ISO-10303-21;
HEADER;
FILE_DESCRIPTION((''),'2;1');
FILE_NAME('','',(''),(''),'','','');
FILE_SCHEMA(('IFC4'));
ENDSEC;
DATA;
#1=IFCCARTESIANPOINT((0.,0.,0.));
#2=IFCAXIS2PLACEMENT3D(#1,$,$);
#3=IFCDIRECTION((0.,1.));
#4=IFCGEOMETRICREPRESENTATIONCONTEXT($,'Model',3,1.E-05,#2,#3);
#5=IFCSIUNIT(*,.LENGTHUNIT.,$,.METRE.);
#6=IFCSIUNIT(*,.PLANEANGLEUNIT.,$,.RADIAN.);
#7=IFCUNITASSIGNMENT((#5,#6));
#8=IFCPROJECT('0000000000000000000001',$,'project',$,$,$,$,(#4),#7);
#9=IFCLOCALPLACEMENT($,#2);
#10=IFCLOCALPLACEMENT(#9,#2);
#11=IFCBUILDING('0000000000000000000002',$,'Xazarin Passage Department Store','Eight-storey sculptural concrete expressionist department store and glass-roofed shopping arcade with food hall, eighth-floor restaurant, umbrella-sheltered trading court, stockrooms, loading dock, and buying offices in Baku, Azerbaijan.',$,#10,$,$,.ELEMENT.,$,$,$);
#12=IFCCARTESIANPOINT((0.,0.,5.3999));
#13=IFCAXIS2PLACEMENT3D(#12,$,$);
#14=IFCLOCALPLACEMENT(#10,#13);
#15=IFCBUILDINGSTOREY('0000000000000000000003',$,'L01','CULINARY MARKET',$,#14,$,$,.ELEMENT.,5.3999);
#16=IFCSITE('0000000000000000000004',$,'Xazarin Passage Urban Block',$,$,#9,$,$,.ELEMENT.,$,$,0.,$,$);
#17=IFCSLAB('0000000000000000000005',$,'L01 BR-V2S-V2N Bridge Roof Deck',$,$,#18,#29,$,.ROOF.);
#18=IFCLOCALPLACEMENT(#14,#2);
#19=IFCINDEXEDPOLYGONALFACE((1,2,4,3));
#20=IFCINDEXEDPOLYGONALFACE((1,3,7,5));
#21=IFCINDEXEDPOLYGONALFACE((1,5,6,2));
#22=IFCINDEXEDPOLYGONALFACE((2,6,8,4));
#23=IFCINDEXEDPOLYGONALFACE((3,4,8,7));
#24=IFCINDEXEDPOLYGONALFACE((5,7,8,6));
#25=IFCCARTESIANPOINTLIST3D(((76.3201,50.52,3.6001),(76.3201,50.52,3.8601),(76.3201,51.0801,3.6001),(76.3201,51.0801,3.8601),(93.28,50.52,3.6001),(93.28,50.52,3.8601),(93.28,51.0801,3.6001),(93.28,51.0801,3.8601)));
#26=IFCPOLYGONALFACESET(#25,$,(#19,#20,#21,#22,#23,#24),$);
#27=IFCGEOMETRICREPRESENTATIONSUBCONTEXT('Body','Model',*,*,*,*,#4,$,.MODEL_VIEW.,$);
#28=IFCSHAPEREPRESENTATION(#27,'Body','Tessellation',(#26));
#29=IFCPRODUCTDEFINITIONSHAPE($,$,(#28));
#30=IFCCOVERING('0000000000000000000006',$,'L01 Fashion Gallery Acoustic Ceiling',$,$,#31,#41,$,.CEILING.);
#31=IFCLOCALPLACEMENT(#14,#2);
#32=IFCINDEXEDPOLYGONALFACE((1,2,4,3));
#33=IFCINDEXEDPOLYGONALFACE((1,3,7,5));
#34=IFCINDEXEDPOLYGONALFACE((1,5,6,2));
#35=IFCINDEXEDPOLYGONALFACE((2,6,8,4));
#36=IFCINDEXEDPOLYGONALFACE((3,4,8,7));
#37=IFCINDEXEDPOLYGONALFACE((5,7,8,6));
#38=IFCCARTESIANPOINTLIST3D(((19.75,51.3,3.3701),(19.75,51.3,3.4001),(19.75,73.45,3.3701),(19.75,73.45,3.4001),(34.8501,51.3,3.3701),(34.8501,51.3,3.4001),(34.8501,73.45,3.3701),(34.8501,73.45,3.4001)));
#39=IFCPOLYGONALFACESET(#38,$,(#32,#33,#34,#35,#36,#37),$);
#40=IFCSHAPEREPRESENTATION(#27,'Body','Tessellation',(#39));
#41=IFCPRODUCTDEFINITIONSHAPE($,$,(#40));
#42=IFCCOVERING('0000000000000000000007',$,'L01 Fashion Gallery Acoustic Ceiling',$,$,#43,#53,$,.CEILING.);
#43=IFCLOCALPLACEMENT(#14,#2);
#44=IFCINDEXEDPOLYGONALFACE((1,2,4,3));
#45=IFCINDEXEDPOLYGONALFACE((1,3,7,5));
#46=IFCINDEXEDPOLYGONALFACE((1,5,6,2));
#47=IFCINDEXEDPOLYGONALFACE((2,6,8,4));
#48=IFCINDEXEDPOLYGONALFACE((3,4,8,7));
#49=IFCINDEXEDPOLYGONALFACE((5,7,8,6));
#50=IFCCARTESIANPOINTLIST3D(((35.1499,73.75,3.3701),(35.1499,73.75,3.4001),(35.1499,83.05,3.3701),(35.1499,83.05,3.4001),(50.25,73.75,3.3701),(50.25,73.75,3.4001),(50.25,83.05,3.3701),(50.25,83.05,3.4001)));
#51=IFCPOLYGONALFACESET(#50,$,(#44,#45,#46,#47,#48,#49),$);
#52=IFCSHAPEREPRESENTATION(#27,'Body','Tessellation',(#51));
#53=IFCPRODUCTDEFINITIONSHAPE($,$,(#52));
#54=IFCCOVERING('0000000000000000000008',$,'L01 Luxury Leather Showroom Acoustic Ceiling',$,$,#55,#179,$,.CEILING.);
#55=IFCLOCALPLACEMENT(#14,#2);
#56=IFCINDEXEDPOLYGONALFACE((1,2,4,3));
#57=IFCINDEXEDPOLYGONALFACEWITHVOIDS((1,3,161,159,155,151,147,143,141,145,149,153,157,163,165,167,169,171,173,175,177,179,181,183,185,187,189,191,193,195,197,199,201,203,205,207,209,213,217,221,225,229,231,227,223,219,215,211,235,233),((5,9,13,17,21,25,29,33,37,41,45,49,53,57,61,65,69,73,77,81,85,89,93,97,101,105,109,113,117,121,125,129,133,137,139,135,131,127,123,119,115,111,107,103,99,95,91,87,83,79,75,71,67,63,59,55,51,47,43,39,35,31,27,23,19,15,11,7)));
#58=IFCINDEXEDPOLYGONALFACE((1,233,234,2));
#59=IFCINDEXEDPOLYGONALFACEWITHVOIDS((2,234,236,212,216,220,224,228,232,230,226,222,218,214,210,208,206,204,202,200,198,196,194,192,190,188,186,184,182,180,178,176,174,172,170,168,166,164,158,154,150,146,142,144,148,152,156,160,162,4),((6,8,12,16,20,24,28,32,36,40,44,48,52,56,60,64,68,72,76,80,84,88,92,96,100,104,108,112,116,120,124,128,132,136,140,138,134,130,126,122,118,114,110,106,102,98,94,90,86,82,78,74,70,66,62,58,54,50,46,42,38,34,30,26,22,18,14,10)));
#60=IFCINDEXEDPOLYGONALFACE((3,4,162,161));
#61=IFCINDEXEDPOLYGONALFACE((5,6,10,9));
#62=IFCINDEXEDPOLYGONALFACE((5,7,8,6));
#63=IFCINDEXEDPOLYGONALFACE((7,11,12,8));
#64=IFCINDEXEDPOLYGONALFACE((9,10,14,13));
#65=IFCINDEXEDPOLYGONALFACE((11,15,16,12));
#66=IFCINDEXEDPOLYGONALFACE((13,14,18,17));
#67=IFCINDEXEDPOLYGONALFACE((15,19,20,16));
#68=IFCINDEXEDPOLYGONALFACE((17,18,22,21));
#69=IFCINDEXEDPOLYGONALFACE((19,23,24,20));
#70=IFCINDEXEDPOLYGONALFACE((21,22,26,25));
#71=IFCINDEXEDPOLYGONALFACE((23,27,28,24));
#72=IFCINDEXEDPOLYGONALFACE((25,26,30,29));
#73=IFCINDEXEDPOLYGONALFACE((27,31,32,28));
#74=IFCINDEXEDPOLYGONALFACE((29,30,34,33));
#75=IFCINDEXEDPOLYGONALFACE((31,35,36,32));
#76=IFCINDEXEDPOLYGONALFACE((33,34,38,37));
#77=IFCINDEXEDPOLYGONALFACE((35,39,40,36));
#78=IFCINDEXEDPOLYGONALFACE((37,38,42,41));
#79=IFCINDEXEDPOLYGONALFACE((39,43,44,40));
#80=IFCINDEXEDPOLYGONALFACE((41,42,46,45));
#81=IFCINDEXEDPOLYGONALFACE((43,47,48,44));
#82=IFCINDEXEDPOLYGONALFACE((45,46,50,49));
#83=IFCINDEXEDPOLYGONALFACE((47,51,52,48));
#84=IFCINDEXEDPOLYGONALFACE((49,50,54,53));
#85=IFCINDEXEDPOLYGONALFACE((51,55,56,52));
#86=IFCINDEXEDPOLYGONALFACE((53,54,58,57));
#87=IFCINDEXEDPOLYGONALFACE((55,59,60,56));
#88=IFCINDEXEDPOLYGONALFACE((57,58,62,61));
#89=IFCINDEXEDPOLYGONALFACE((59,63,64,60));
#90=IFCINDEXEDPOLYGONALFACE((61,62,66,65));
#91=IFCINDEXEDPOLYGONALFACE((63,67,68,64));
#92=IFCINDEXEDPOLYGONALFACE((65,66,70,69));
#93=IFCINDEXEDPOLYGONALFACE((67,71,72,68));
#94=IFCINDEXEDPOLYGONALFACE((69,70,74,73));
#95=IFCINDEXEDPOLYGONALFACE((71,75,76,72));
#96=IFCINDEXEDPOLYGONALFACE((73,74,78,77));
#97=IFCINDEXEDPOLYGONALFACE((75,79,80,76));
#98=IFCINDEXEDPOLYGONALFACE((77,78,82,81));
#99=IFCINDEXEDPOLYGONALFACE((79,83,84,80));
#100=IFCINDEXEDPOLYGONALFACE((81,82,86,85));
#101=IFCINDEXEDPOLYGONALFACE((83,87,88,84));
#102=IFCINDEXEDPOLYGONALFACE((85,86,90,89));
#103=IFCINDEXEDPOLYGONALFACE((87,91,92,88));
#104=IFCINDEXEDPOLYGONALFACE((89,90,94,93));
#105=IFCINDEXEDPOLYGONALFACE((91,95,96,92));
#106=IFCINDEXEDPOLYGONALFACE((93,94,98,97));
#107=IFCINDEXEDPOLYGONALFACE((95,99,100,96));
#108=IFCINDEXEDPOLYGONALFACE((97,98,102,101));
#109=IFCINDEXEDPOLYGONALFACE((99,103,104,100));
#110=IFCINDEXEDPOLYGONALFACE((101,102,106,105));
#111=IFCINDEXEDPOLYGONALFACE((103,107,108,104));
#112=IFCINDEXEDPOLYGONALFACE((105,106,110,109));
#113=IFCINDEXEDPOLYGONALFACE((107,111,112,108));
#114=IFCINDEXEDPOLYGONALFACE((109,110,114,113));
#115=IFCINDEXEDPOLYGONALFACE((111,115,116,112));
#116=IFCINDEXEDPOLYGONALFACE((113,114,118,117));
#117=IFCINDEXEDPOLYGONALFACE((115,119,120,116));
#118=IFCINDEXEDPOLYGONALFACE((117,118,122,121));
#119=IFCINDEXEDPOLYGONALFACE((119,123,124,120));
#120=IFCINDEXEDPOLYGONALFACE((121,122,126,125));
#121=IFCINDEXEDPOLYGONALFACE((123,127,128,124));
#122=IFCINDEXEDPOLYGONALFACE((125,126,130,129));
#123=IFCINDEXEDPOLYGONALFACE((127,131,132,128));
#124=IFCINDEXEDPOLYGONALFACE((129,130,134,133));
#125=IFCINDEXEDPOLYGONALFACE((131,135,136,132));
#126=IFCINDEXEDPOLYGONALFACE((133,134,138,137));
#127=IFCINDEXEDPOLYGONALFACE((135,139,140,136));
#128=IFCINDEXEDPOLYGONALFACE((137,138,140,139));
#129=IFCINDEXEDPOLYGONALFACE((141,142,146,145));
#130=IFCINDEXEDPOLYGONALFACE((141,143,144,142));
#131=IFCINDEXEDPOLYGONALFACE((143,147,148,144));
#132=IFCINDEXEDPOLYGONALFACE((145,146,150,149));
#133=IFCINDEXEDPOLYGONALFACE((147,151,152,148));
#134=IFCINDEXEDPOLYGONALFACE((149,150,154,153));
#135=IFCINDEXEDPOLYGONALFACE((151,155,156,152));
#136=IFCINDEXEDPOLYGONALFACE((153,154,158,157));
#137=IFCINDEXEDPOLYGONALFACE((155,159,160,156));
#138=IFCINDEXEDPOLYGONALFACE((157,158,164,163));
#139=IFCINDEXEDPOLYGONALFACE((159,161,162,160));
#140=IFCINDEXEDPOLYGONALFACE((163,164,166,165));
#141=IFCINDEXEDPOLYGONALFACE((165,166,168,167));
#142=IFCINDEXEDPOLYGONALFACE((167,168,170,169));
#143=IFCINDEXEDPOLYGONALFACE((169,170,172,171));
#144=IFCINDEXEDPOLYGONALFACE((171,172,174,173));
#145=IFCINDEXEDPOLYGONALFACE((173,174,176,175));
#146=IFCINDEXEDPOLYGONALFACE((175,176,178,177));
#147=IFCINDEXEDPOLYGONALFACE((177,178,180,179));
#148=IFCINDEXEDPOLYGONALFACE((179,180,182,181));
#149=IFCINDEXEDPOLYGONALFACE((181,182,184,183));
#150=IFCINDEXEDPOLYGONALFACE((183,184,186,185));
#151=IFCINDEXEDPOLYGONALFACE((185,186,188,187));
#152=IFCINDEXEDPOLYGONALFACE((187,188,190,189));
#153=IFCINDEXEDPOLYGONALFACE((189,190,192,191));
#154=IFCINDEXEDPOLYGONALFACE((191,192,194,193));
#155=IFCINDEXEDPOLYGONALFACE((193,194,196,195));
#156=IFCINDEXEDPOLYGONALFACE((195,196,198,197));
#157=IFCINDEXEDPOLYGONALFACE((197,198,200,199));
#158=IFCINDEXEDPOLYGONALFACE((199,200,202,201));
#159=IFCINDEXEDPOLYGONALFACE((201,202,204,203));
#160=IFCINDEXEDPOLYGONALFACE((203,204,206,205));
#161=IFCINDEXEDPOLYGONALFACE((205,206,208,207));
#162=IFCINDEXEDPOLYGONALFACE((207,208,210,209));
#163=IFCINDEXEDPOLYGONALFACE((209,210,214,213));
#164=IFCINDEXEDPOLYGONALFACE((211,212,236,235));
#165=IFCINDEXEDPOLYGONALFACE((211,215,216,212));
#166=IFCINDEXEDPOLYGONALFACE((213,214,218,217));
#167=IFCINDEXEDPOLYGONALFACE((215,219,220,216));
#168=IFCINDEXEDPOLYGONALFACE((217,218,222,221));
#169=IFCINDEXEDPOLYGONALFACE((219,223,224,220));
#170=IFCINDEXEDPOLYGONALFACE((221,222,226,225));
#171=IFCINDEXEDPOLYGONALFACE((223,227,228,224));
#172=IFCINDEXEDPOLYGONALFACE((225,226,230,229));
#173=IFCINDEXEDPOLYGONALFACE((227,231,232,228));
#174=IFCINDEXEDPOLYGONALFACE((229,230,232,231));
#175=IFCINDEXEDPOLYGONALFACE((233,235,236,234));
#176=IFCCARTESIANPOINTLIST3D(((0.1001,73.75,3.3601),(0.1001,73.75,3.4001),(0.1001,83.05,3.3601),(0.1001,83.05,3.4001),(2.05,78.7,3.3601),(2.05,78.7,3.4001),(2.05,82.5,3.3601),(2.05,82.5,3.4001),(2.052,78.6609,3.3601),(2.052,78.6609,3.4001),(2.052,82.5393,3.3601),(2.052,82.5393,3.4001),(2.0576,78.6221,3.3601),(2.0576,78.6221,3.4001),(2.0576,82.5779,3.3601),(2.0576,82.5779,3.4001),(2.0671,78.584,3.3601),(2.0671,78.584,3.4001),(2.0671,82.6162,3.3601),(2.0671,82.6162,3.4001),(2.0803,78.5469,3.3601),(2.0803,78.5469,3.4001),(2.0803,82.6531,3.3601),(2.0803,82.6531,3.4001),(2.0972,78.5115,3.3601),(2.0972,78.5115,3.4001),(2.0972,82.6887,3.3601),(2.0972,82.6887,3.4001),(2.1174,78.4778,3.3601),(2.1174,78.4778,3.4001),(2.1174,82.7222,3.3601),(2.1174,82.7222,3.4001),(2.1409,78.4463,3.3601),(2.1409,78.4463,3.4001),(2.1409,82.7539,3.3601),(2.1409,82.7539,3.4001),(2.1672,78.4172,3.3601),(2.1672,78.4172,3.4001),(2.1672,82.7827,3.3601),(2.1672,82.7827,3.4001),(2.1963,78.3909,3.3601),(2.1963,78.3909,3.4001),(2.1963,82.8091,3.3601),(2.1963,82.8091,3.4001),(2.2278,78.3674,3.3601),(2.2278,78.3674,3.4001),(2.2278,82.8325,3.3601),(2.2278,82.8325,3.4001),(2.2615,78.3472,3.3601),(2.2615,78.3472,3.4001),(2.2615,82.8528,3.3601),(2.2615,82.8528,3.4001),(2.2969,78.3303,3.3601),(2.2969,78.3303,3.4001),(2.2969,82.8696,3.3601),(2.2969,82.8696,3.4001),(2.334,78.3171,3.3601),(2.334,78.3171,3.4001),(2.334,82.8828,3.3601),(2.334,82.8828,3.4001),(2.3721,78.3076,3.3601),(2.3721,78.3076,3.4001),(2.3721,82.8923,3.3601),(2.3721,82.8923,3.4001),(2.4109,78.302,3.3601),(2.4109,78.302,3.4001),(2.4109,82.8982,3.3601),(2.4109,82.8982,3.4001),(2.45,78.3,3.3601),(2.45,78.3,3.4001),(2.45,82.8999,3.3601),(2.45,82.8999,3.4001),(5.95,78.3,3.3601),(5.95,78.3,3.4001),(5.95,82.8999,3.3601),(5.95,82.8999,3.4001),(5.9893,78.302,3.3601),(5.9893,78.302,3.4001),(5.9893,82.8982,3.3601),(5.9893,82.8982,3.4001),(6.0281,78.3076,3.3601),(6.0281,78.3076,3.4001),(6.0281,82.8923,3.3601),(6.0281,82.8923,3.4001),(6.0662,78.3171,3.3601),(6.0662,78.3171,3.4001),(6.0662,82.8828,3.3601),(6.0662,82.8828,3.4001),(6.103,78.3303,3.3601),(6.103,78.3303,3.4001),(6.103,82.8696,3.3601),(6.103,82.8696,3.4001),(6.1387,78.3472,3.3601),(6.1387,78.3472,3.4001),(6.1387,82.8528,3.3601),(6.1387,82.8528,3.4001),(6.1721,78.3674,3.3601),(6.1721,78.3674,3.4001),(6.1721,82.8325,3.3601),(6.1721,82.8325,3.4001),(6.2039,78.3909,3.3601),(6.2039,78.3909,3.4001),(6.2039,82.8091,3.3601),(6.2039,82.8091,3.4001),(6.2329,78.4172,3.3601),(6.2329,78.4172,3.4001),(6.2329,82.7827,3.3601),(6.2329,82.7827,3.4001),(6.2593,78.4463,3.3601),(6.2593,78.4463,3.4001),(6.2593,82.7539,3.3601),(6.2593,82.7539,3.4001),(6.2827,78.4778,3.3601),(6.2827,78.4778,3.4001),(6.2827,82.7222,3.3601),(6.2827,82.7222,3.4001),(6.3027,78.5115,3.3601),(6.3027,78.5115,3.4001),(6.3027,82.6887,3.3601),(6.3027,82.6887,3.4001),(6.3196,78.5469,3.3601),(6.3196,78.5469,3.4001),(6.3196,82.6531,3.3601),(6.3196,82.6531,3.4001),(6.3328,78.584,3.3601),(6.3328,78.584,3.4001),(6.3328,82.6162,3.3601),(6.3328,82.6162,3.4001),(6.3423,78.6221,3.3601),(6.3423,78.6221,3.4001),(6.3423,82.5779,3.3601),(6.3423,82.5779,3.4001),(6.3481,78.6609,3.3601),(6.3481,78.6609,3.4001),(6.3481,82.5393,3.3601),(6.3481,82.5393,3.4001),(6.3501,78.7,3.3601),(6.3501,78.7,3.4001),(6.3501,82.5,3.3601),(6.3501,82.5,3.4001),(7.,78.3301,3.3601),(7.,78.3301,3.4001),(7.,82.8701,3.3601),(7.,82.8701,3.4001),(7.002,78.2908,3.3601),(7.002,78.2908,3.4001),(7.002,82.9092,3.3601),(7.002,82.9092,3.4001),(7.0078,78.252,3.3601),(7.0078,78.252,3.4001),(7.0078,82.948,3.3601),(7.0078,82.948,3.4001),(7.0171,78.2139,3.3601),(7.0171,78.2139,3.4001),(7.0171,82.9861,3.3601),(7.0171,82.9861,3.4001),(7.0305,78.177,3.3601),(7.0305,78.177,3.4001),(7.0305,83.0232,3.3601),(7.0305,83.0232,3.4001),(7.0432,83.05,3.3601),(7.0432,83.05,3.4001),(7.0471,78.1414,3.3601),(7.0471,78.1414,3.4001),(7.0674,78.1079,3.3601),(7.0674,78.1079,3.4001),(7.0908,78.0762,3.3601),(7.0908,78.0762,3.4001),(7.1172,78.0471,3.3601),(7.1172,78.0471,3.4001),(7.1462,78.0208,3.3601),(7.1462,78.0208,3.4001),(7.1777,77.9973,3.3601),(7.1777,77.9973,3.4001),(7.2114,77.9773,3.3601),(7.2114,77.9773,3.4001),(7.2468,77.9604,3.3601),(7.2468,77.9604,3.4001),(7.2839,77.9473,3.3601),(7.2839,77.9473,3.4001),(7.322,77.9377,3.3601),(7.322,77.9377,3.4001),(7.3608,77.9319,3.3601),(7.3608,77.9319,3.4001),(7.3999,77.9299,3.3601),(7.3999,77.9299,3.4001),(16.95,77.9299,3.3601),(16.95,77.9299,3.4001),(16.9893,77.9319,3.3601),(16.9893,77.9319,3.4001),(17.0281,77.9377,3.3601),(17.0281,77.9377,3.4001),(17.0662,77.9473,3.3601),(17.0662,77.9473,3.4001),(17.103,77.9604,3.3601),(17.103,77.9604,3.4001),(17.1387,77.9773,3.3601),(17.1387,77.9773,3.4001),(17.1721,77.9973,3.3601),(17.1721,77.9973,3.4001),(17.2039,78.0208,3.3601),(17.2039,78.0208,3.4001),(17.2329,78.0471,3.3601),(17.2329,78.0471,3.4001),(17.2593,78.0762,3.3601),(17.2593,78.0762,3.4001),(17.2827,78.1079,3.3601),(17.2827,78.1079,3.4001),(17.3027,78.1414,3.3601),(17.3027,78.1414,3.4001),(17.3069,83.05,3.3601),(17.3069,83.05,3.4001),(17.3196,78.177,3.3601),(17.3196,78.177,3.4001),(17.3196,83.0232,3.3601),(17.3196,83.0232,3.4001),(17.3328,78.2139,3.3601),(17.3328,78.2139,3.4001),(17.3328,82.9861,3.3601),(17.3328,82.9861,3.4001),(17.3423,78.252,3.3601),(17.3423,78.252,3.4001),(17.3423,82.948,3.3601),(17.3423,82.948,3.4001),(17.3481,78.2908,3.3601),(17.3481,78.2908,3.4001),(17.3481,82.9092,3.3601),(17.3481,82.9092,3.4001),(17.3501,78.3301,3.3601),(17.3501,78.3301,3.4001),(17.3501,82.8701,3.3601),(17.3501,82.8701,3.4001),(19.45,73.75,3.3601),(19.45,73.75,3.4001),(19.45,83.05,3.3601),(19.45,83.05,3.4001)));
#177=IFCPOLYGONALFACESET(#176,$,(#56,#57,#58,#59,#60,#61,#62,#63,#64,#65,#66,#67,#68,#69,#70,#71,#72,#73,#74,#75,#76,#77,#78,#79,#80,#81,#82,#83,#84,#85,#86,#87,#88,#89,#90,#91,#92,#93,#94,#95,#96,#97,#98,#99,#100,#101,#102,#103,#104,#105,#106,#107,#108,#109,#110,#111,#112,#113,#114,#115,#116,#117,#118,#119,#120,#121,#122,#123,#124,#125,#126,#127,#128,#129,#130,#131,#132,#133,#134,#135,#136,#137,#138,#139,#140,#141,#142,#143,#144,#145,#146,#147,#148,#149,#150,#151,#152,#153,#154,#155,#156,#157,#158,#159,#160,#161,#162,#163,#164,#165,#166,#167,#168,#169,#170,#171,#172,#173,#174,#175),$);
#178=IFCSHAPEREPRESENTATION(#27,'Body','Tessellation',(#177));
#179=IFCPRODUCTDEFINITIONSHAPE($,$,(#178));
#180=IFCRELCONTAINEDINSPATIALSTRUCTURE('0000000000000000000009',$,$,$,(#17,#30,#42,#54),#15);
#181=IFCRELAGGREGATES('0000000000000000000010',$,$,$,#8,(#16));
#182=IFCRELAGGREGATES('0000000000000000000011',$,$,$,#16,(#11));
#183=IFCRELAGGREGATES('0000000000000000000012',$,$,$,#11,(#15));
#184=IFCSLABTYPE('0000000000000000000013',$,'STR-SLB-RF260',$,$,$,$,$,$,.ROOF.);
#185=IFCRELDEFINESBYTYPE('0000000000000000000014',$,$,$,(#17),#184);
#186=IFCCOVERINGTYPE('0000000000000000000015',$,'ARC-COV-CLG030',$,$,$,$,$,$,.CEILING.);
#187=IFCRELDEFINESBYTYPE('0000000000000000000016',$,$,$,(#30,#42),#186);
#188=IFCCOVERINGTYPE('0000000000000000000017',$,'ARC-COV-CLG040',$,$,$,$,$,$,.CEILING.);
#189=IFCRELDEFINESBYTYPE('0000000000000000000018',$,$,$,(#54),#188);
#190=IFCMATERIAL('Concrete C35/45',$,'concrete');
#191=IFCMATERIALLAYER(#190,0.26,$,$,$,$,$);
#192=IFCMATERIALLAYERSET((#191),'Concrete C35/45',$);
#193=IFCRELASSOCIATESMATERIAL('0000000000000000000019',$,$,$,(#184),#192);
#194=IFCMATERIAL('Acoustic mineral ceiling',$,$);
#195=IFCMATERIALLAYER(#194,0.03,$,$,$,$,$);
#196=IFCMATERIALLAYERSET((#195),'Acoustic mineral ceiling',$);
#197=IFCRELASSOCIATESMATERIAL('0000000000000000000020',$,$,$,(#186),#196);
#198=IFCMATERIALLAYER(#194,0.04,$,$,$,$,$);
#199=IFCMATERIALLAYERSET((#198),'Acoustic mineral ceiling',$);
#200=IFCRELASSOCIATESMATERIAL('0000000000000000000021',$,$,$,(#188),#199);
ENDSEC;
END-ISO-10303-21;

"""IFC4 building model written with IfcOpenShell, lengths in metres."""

from ifc_helpers import new_model, si_unit, direction, frame, origin, place, context, subcontext, project, spatial, polyline, outline, extrude, material, layer, layer_set, type_object, element, save


model = new_model("IFC4")

# Units and contexts
model_context = context("Model", 3, precision=1e-05, world=origin(), true_north=direction((0.0, 1.0)))
body_context = subcontext(model_context, "Body", "Model", "MODEL_VIEW")
ifc_project = project(units=[si_unit("LENGTHUNIT", "METRE"), si_unit("PLANEANGLEUNIT", "RADIAN")], contexts=[model_context])

# Site, building, storey
site_placement = place(None, origin())
site = spatial("IfcSite", under=ifc_project, at=site_placement, Name="Xazarin Passage Urban Block", CompositionType="ELEMENT", RefElevation=0.0)
building_placement = place(site_placement, origin())
building = spatial("IfcBuilding", under=site, at=building_placement, Name="Xazarin Passage Department Store", Description="Eight-storey sculptural concrete expressionist department store and glass-roofed shopping arcade with food hall, eighth-floor restaurant, umbrella-sheltered trading court, stockrooms, loading dock, and buying offices in Baku, Azerbaijan.", CompositionType="ELEMENT")
storey_placement = place(building_placement, frame((0.0, 0.0, 5.3999)))
storey = spatial("IfcBuildingStorey", under=building, at=storey_placement, Name="L01", Description="CULINARY MARKET", CompositionType="ELEMENT", Elevation=5.3999)

# Shared definitions
ifc_material_1 = material(Name="Concrete C35/45", Category="concrete")

# Slab
ifc_layer_1 = layer(ifc_material_1, 0.26)
ifc_layer_set_1 = layer_set([ifc_layer_1], Name="Concrete C35/45")
slab_type_1 = type_object("IfcSlabType", Name="STR-SLB-RF260", PredefinedType="ROOF", material=ifc_layer_set_1)
slab_1_placement = place(storey_placement, frame((0.0, 0.0, 3.6001)))
element("IfcSlab", 1, at=slab_1_placement, inside=storey, type_object=slab_type_1, Name="L01 BR-V2S-V2N Bridge Roof Deck", PredefinedType="ROOF", context=body_context, shape_type="SweptSolid", body=[
    extrude(outline(polyline([(76.3201, 50.52), (93.28, 50.52), (93.28, 51.0801), (76.3201, 51.0801), (76.3201, 50.52)])), origin(), (0.0, 0.0, 1.0), 0.26),
])

# Coverings
ifc_material_2 = material(Name="Acoustic mineral ceiling")
ifc_layer_2 = layer(ifc_material_2, 0.03)
ifc_layer_set_2 = layer_set([ifc_layer_2], Name="Acoustic mineral ceiling")
covering_type_1 = type_object("IfcCoveringType", Name="ARC-COV-CLG030", PredefinedType="CEILING", material=ifc_layer_set_2)
covering_1_placement = place(storey_placement, frame((0.0, 0.0, 3.3701)))
element("IfcCovering", 2, at=covering_1_placement, inside=storey, type_object=covering_type_1, Name="L01 Fashion Gallery Acoustic Ceiling", PredefinedType="CEILING", context=body_context, shape_type="SweptSolid", body=[
    extrude(outline(polyline([(19.75, 51.3), (34.8501, 51.3), (34.8501, 73.45), (19.75, 73.45), (19.75, 51.3)])), origin(), (0.0, 0.0, 1.0), 0.03),
])
covering_2_placement = place(storey_placement, frame((0.0, 0.0, 3.3701)))
element("IfcCovering", 3, at=covering_2_placement, inside=storey, type_object=covering_type_1, Name="L01 Fashion Gallery Acoustic Ceiling", PredefinedType="CEILING", context=body_context, shape_type="SweptSolid", body=[
    extrude(outline(polyline([(35.1499, 73.75), (50.25, 73.75), (50.25, 83.05), (35.1499, 83.05), (35.1499, 73.75)])), origin(), (0.0, 0.0, 1.0), 0.03),
])
ifc_layer_3 = layer(ifc_material_2, 0.04)
ifc_layer_set_3 = layer_set([ifc_layer_3], Name="Acoustic mineral ceiling")
covering_type_2 = type_object("IfcCoveringType", Name="ARC-COV-CLG040", PredefinedType="CEILING", material=ifc_layer_set_3)
covering_3_placement = place(storey_placement, frame((0.0, 0.0, 3.3601)))
element("IfcCovering", 4, at=covering_3_placement, inside=storey, type_object=covering_type_2, Name="L01 Luxury Leather Showroom Acoustic Ceiling", PredefinedType="CEILING", context=body_context, shape_type="SweptSolid", body=[
    extrude(outline(polyline([(17.3069, 83.05), (17.3196, 83.0232), (17.3328, 82.9861), (17.3423, 82.948), (17.3481, 82.9092), (17.3501, 82.8701), (17.3501, 78.3301), (17.3481, 78.2908), (17.3423, 78.252), (17.3328, 78.2139), (17.3196, 78.177), (17.3027, 78.1414), (17.2827, 78.1079), (17.2593, 78.0762), (17.2329, 78.0471), (17.2039, 78.0208), (17.1721, 77.9973), (17.1387, 77.9773), (17.103, 77.9604), (17.0662, 77.9473), (17.0281, 77.9377), (16.9893, 77.9319), (16.95, 77.9299), (7.3999, 77.9299), (7.3608, 77.9319), (7.322, 77.9377), (7.2839, 77.9473), (7.2468, 77.9604), (7.2114, 77.9773), (7.1777, 77.9973), (7.1462, 78.0208), (7.1172, 78.0471), (7.0908, 78.0762), (7.0674, 78.1079), (7.0471, 78.1414), (7.0305, 78.177), (7.0171, 78.2139), (7.0078, 78.252), (7.002, 78.2908), (7.0, 78.3301), (7.0, 82.8701), (7.002, 82.9092), (7.0078, 82.948), (7.0171, 82.9861), (7.0305, 83.0232), (7.0432, 83.05), (0.1001, 83.05), (0.1001, 73.75), (19.45, 73.75), (19.45, 83.05), (17.3069, 83.05)]), holes=[polyline([(2.45, 78.3), (2.4109, 78.302), (2.3721, 78.3076), (2.334, 78.3171), (2.2969, 78.3303), (2.2615, 78.3472), (2.2278, 78.3674), (2.1963, 78.3909), (2.1672, 78.4172), (2.1409, 78.4463), (2.1174, 78.4778), (2.0972, 78.5115), (2.0803, 78.5469), (2.0671, 78.584), (2.0576, 78.6221), (2.052, 78.6609), (2.05, 78.7), (2.05, 82.5), (2.052, 82.5393), (2.0576, 82.5779), (2.0671, 82.6162), (2.0803, 82.6531), (2.0972, 82.6887), (2.1174, 82.7222), (2.1409, 82.7539), (2.1672, 82.7827), (2.1963, 82.8091), (2.2278, 82.8325), (2.2615, 82.8528), (2.2969, 82.8696), (2.334, 82.8828), (2.3721, 82.8923), (2.4109, 82.8982), (2.45, 82.8999), (5.95, 82.8999), (5.9893, 82.8982), (6.0281, 82.8923), (6.0662, 82.8828), (6.103, 82.8696), (6.1387, 82.8528), (6.1721, 82.8325), (6.2039, 82.8091), (6.2329, 82.7827), (6.2593, 82.7539), (6.2827, 82.7222), (6.3027, 82.6887), (6.3196, 82.6531), (6.3328, 82.6162), (6.3423, 82.5779), (6.3481, 82.5393), (6.3501, 82.5), (6.3501, 78.7), (6.3481, 78.6609), (6.3423, 78.6221), (6.3328, 78.584), (6.3196, 78.5469), (6.3027, 78.5115), (6.2827, 78.4778), (6.2593, 78.4463), (6.2329, 78.4172), (6.2039, 78.3909), (6.1721, 78.3674), (6.1387, 78.3472), (6.103, 78.3303), (6.0662, 78.3171), (6.0281, 78.3076), (5.9893, 78.302), (5.95, 78.3), (2.45, 78.3)])]), origin(), (0.0, 0.0, 1.0), 0.04),
])

save(model, "model.ifc")
